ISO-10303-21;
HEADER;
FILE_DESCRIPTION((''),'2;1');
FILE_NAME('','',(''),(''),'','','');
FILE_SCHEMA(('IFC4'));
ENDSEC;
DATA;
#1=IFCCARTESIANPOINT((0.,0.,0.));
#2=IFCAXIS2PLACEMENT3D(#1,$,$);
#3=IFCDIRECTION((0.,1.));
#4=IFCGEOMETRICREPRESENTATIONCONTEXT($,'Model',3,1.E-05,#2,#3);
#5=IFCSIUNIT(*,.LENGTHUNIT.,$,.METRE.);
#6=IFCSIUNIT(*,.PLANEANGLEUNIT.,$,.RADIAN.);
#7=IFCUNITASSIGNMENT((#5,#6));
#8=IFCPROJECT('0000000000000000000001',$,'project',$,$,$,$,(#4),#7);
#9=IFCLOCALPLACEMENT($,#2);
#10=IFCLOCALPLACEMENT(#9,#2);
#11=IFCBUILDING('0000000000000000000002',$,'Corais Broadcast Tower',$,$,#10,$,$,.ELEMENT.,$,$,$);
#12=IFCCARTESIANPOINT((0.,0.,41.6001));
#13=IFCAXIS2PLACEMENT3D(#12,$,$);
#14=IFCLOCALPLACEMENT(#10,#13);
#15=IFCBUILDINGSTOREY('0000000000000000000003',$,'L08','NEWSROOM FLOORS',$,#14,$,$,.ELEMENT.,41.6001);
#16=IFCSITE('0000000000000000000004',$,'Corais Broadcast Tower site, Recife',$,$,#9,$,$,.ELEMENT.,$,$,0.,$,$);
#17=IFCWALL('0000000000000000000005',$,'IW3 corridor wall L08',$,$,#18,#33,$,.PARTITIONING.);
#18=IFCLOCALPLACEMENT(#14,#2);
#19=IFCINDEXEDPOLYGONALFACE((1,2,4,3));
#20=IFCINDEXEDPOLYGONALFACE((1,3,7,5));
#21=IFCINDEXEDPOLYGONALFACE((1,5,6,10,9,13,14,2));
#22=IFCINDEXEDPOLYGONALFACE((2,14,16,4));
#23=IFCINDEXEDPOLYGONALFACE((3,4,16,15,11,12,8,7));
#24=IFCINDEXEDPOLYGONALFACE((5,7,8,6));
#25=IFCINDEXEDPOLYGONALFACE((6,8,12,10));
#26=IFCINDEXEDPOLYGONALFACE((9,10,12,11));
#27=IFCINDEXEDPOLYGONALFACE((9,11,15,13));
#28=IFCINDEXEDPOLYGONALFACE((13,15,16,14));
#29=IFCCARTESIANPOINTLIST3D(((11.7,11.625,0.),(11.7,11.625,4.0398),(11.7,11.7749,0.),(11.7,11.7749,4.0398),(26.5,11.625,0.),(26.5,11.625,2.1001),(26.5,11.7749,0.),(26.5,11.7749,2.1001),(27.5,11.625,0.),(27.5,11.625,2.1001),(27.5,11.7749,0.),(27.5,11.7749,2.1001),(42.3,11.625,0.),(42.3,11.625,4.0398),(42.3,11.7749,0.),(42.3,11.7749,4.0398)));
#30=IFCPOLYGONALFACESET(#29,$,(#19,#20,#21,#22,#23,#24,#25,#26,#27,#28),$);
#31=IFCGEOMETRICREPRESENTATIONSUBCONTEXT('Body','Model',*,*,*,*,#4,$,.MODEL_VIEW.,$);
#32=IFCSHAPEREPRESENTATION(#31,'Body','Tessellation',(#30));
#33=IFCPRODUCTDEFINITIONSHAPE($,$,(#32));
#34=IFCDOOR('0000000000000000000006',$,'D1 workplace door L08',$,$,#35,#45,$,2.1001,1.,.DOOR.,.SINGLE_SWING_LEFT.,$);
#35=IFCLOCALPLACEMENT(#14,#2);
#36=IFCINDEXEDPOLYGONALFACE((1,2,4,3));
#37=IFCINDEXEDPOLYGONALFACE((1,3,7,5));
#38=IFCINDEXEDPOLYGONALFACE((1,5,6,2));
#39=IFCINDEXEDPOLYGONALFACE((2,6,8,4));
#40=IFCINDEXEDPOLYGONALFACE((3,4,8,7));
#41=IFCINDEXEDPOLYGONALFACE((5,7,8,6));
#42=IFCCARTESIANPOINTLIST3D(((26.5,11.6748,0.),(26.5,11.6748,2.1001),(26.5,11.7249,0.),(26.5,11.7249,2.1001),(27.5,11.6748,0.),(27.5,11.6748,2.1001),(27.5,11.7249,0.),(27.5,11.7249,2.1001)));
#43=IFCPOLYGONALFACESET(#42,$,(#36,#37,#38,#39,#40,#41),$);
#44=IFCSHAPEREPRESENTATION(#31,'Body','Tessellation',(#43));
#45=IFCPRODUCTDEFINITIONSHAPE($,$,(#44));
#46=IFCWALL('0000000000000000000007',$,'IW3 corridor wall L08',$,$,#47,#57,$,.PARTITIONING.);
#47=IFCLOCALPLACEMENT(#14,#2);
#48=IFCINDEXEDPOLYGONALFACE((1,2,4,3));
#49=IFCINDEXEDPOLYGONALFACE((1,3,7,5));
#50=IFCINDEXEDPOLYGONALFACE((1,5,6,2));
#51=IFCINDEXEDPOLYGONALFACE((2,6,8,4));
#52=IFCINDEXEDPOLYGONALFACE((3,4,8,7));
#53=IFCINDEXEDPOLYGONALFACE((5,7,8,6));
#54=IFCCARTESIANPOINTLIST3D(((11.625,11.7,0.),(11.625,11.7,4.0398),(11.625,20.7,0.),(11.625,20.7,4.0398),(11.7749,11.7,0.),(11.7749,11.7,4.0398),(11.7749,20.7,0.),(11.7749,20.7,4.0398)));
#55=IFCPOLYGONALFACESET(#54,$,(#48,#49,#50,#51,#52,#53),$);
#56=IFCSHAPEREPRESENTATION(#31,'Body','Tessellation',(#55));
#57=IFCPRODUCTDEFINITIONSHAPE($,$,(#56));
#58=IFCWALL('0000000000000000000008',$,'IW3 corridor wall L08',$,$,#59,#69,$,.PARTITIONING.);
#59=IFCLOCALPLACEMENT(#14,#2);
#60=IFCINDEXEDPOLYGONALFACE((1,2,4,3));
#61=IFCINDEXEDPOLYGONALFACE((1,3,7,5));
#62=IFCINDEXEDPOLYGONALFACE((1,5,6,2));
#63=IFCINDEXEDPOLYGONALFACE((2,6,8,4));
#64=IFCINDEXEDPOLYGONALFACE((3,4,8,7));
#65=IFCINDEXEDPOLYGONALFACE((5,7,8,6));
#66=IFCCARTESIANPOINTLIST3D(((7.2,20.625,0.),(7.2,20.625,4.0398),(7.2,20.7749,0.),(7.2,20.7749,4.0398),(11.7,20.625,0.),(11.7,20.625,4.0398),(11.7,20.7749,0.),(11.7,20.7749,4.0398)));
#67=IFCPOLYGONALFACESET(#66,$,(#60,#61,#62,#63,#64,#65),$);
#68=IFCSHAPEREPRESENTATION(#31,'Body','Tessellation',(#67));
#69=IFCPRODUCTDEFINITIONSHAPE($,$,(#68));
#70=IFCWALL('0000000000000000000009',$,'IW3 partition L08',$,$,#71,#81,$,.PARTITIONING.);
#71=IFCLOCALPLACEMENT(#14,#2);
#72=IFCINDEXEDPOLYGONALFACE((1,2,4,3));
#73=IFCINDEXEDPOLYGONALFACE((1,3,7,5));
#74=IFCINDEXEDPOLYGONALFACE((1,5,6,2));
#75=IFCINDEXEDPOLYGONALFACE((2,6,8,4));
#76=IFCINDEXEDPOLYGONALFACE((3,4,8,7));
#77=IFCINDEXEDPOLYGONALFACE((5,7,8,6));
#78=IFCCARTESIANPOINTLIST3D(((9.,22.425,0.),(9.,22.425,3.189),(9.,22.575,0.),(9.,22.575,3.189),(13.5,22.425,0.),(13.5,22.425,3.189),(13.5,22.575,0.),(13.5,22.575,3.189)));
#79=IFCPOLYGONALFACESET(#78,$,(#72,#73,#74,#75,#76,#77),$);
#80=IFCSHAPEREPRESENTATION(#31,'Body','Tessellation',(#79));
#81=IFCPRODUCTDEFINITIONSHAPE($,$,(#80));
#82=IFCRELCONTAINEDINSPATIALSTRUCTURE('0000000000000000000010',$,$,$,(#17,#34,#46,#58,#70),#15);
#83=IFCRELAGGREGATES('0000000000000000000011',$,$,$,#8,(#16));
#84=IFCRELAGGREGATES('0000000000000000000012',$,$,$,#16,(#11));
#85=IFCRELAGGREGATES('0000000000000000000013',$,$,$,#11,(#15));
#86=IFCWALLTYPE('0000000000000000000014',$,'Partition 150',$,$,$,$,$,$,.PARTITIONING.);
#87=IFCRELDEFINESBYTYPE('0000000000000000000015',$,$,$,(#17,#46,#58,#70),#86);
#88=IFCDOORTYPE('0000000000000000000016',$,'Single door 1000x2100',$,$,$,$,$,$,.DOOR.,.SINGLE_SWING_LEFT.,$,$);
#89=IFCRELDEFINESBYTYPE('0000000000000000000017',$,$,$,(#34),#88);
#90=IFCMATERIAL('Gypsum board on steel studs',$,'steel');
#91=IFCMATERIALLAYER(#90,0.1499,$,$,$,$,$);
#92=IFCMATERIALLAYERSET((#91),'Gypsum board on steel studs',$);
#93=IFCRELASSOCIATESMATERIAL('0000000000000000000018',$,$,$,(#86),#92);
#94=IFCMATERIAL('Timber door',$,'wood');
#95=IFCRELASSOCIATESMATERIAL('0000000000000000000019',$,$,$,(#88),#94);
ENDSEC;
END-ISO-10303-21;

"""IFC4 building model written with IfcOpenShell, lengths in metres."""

from ifc_helpers import new_model, si_unit, direction, frame, frame_2d, origin, place, context, subcontext, project, spatial, rectangle, extrude, material, layer, layer_set, type_object, element, fill, save


model = new_model("IFC4")

# Units and contexts
model_context = context("Model", 3, precision=1e-05, world=origin(), true_north=direction((0.0, 1.0)))
body_context = subcontext(model_context, "Body", "Model", "MODEL_VIEW")
ifc_project = project(units=[si_unit("LENGTHUNIT", "METRE"), si_unit("PLANEANGLEUNIT", "RADIAN")], contexts=[model_context])

# Site, building, storey
site_placement = place(None, origin())
site = spatial("IfcSite", under=ifc_project, at=site_placement, Name="Corais Broadcast Tower site, Recife", CompositionType="ELEMENT", RefElevation=0.0)
building_placement = place(site_placement, origin())
building = spatial("IfcBuilding", under=site, at=building_placement, Name="Corais Broadcast Tower", CompositionType="ELEMENT")
storey_placement = place(building_placement, frame((0.0, 0.0, 41.6001)))
storey = spatial("IfcBuildingStorey", under=building, at=storey_placement, Name="L08", Description="NEWSROOM FLOORS", CompositionType="ELEMENT", Elevation=41.6001)

# Wall, opening, door
ifc_material_1 = material(Name="Gypsum board on steel studs", Category="steel")
ifc_layer_1 = layer(ifc_material_1, 0.1499)
ifc_layer_set_1 = layer_set([ifc_layer_1], Name="Gypsum board on steel studs")
wall_type = type_object("IfcWallType", Name="Partition 150", PredefinedType="PARTITIONING", material=ifc_layer_set_1)
wall_1_placement = place(storey_placement, frame((11.7, 11.7, 0.0), z_axis=(0.0, 0.0, 1.0), x_axis=(1.0, 0.0, 0.0)))
wall_1 = element("IfcWall", 1, at=wall_1_placement, inside=storey, type_object=wall_type, Name="IW3 corridor wall L08", PredefinedType="PARTITIONING", context=body_context, shape_type="SweptSolid", body=[
    extrude(rectangle(XDim=30.6001, YDim=0.1499, at=frame_2d((15.3, 0.0))), origin(), (0.0, 0.0, 1.0), 4.0398),
])
opening_placement = place(wall_1_placement, frame((14.8, 0.0, 0.0)))
opening = element("IfcOpeningElement", 2, at=opening_placement, cuts=wall_1, PredefinedType="OPENING", context=body_context, shape_type="SweptSolid", body=[
    extrude(rectangle(XDim=1.0, YDim=2.1001, at=frame_2d((0.5, 1.05))), frame((0.0, 0.085, 0.0), z_axis=(0.0, -1.0, 0.0), x_axis=(1.0, 0.0, 0.0)), (0.0, 0.0, 1.0), 0.1699),
])
ifc_material_2 = material(Name="Timber door", Category="wood")
door_type = type_object("IfcDoorType", Name="Single door 1000x2100", OperationType="SINGLE_SWING_LEFT", PredefinedType="DOOR", material=ifc_material_2)
door_placement = place(opening_placement, origin())
door = element("IfcDoor", 3, at=door_placement, inside=storey, type_object=door_type, Name="D1 workplace door L08", OperationType="SINGLE_SWING_LEFT", OverallHeight=2.1001, OverallWidth=1.0, PredefinedType="DOOR", context=body_context, shape_type="SweptSolid", body=[
    extrude(rectangle(XDim=1.0, YDim=2.1001, at=frame_2d((0.5, 1.05))), frame((0.0, 0.0249, 0.0), z_axis=(0.0, -1.0, 0.0), x_axis=(1.0, 0.0, 0.0)), (0.0, 0.0, 1.0), 0.05),
])
fill(opening, door)

# Walls
wall_2_placement = place(storey_placement, frame((11.7, 20.7, 0.0), z_axis=(0.0, 0.0, 1.0), x_axis=(0.0, -1.0, 0.0)))
element("IfcWall", 4, at=wall_2_placement, inside=storey, type_object=wall_type, Name="IW3 corridor wall L08", PredefinedType="PARTITIONING", context=body_context, shape_type="SweptSolid", body=[
    extrude(rectangle(XDim=9.0, YDim=0.1499, at=frame_2d((4.5, 0.0))), origin(), (0.0, 0.0, 1.0), 4.0398),
])
wall_3_placement = place(storey_placement, frame((7.2, 20.7, 0.0), z_axis=(0.0, 0.0, 1.0), x_axis=(1.0, 0.0, 0.0)))
element("IfcWall", 5, at=wall_3_placement, inside=storey, type_object=wall_type, Name="IW3 corridor wall L08", PredefinedType="PARTITIONING", context=body_context, shape_type="SweptSolid", body=[
    extrude(rectangle(XDim=4.5, YDim=0.1499, at=frame_2d((2.25, 0.0))), origin(), (0.0, 0.0, 1.0), 4.0398),
])
wall_4_placement = place(storey_placement, frame((9.0, 22.5, 0.0), z_axis=(0.0, 0.0, 1.0), x_axis=(1.0, 0.0, 0.0)))
element("IfcWall", 6, at=wall_4_placement, inside=storey, type_object=wall_type, Name="IW3 partition L08", PredefinedType="PARTITIONING", context=body_context, shape_type="SweptSolid", body=[
    extrude(rectangle(XDim=4.5, YDim=0.1499, at=frame_2d((2.25, 0.0))), origin(), (0.0, 0.0, 1.0), 3.189),
])

save(model, "model.ifc")
